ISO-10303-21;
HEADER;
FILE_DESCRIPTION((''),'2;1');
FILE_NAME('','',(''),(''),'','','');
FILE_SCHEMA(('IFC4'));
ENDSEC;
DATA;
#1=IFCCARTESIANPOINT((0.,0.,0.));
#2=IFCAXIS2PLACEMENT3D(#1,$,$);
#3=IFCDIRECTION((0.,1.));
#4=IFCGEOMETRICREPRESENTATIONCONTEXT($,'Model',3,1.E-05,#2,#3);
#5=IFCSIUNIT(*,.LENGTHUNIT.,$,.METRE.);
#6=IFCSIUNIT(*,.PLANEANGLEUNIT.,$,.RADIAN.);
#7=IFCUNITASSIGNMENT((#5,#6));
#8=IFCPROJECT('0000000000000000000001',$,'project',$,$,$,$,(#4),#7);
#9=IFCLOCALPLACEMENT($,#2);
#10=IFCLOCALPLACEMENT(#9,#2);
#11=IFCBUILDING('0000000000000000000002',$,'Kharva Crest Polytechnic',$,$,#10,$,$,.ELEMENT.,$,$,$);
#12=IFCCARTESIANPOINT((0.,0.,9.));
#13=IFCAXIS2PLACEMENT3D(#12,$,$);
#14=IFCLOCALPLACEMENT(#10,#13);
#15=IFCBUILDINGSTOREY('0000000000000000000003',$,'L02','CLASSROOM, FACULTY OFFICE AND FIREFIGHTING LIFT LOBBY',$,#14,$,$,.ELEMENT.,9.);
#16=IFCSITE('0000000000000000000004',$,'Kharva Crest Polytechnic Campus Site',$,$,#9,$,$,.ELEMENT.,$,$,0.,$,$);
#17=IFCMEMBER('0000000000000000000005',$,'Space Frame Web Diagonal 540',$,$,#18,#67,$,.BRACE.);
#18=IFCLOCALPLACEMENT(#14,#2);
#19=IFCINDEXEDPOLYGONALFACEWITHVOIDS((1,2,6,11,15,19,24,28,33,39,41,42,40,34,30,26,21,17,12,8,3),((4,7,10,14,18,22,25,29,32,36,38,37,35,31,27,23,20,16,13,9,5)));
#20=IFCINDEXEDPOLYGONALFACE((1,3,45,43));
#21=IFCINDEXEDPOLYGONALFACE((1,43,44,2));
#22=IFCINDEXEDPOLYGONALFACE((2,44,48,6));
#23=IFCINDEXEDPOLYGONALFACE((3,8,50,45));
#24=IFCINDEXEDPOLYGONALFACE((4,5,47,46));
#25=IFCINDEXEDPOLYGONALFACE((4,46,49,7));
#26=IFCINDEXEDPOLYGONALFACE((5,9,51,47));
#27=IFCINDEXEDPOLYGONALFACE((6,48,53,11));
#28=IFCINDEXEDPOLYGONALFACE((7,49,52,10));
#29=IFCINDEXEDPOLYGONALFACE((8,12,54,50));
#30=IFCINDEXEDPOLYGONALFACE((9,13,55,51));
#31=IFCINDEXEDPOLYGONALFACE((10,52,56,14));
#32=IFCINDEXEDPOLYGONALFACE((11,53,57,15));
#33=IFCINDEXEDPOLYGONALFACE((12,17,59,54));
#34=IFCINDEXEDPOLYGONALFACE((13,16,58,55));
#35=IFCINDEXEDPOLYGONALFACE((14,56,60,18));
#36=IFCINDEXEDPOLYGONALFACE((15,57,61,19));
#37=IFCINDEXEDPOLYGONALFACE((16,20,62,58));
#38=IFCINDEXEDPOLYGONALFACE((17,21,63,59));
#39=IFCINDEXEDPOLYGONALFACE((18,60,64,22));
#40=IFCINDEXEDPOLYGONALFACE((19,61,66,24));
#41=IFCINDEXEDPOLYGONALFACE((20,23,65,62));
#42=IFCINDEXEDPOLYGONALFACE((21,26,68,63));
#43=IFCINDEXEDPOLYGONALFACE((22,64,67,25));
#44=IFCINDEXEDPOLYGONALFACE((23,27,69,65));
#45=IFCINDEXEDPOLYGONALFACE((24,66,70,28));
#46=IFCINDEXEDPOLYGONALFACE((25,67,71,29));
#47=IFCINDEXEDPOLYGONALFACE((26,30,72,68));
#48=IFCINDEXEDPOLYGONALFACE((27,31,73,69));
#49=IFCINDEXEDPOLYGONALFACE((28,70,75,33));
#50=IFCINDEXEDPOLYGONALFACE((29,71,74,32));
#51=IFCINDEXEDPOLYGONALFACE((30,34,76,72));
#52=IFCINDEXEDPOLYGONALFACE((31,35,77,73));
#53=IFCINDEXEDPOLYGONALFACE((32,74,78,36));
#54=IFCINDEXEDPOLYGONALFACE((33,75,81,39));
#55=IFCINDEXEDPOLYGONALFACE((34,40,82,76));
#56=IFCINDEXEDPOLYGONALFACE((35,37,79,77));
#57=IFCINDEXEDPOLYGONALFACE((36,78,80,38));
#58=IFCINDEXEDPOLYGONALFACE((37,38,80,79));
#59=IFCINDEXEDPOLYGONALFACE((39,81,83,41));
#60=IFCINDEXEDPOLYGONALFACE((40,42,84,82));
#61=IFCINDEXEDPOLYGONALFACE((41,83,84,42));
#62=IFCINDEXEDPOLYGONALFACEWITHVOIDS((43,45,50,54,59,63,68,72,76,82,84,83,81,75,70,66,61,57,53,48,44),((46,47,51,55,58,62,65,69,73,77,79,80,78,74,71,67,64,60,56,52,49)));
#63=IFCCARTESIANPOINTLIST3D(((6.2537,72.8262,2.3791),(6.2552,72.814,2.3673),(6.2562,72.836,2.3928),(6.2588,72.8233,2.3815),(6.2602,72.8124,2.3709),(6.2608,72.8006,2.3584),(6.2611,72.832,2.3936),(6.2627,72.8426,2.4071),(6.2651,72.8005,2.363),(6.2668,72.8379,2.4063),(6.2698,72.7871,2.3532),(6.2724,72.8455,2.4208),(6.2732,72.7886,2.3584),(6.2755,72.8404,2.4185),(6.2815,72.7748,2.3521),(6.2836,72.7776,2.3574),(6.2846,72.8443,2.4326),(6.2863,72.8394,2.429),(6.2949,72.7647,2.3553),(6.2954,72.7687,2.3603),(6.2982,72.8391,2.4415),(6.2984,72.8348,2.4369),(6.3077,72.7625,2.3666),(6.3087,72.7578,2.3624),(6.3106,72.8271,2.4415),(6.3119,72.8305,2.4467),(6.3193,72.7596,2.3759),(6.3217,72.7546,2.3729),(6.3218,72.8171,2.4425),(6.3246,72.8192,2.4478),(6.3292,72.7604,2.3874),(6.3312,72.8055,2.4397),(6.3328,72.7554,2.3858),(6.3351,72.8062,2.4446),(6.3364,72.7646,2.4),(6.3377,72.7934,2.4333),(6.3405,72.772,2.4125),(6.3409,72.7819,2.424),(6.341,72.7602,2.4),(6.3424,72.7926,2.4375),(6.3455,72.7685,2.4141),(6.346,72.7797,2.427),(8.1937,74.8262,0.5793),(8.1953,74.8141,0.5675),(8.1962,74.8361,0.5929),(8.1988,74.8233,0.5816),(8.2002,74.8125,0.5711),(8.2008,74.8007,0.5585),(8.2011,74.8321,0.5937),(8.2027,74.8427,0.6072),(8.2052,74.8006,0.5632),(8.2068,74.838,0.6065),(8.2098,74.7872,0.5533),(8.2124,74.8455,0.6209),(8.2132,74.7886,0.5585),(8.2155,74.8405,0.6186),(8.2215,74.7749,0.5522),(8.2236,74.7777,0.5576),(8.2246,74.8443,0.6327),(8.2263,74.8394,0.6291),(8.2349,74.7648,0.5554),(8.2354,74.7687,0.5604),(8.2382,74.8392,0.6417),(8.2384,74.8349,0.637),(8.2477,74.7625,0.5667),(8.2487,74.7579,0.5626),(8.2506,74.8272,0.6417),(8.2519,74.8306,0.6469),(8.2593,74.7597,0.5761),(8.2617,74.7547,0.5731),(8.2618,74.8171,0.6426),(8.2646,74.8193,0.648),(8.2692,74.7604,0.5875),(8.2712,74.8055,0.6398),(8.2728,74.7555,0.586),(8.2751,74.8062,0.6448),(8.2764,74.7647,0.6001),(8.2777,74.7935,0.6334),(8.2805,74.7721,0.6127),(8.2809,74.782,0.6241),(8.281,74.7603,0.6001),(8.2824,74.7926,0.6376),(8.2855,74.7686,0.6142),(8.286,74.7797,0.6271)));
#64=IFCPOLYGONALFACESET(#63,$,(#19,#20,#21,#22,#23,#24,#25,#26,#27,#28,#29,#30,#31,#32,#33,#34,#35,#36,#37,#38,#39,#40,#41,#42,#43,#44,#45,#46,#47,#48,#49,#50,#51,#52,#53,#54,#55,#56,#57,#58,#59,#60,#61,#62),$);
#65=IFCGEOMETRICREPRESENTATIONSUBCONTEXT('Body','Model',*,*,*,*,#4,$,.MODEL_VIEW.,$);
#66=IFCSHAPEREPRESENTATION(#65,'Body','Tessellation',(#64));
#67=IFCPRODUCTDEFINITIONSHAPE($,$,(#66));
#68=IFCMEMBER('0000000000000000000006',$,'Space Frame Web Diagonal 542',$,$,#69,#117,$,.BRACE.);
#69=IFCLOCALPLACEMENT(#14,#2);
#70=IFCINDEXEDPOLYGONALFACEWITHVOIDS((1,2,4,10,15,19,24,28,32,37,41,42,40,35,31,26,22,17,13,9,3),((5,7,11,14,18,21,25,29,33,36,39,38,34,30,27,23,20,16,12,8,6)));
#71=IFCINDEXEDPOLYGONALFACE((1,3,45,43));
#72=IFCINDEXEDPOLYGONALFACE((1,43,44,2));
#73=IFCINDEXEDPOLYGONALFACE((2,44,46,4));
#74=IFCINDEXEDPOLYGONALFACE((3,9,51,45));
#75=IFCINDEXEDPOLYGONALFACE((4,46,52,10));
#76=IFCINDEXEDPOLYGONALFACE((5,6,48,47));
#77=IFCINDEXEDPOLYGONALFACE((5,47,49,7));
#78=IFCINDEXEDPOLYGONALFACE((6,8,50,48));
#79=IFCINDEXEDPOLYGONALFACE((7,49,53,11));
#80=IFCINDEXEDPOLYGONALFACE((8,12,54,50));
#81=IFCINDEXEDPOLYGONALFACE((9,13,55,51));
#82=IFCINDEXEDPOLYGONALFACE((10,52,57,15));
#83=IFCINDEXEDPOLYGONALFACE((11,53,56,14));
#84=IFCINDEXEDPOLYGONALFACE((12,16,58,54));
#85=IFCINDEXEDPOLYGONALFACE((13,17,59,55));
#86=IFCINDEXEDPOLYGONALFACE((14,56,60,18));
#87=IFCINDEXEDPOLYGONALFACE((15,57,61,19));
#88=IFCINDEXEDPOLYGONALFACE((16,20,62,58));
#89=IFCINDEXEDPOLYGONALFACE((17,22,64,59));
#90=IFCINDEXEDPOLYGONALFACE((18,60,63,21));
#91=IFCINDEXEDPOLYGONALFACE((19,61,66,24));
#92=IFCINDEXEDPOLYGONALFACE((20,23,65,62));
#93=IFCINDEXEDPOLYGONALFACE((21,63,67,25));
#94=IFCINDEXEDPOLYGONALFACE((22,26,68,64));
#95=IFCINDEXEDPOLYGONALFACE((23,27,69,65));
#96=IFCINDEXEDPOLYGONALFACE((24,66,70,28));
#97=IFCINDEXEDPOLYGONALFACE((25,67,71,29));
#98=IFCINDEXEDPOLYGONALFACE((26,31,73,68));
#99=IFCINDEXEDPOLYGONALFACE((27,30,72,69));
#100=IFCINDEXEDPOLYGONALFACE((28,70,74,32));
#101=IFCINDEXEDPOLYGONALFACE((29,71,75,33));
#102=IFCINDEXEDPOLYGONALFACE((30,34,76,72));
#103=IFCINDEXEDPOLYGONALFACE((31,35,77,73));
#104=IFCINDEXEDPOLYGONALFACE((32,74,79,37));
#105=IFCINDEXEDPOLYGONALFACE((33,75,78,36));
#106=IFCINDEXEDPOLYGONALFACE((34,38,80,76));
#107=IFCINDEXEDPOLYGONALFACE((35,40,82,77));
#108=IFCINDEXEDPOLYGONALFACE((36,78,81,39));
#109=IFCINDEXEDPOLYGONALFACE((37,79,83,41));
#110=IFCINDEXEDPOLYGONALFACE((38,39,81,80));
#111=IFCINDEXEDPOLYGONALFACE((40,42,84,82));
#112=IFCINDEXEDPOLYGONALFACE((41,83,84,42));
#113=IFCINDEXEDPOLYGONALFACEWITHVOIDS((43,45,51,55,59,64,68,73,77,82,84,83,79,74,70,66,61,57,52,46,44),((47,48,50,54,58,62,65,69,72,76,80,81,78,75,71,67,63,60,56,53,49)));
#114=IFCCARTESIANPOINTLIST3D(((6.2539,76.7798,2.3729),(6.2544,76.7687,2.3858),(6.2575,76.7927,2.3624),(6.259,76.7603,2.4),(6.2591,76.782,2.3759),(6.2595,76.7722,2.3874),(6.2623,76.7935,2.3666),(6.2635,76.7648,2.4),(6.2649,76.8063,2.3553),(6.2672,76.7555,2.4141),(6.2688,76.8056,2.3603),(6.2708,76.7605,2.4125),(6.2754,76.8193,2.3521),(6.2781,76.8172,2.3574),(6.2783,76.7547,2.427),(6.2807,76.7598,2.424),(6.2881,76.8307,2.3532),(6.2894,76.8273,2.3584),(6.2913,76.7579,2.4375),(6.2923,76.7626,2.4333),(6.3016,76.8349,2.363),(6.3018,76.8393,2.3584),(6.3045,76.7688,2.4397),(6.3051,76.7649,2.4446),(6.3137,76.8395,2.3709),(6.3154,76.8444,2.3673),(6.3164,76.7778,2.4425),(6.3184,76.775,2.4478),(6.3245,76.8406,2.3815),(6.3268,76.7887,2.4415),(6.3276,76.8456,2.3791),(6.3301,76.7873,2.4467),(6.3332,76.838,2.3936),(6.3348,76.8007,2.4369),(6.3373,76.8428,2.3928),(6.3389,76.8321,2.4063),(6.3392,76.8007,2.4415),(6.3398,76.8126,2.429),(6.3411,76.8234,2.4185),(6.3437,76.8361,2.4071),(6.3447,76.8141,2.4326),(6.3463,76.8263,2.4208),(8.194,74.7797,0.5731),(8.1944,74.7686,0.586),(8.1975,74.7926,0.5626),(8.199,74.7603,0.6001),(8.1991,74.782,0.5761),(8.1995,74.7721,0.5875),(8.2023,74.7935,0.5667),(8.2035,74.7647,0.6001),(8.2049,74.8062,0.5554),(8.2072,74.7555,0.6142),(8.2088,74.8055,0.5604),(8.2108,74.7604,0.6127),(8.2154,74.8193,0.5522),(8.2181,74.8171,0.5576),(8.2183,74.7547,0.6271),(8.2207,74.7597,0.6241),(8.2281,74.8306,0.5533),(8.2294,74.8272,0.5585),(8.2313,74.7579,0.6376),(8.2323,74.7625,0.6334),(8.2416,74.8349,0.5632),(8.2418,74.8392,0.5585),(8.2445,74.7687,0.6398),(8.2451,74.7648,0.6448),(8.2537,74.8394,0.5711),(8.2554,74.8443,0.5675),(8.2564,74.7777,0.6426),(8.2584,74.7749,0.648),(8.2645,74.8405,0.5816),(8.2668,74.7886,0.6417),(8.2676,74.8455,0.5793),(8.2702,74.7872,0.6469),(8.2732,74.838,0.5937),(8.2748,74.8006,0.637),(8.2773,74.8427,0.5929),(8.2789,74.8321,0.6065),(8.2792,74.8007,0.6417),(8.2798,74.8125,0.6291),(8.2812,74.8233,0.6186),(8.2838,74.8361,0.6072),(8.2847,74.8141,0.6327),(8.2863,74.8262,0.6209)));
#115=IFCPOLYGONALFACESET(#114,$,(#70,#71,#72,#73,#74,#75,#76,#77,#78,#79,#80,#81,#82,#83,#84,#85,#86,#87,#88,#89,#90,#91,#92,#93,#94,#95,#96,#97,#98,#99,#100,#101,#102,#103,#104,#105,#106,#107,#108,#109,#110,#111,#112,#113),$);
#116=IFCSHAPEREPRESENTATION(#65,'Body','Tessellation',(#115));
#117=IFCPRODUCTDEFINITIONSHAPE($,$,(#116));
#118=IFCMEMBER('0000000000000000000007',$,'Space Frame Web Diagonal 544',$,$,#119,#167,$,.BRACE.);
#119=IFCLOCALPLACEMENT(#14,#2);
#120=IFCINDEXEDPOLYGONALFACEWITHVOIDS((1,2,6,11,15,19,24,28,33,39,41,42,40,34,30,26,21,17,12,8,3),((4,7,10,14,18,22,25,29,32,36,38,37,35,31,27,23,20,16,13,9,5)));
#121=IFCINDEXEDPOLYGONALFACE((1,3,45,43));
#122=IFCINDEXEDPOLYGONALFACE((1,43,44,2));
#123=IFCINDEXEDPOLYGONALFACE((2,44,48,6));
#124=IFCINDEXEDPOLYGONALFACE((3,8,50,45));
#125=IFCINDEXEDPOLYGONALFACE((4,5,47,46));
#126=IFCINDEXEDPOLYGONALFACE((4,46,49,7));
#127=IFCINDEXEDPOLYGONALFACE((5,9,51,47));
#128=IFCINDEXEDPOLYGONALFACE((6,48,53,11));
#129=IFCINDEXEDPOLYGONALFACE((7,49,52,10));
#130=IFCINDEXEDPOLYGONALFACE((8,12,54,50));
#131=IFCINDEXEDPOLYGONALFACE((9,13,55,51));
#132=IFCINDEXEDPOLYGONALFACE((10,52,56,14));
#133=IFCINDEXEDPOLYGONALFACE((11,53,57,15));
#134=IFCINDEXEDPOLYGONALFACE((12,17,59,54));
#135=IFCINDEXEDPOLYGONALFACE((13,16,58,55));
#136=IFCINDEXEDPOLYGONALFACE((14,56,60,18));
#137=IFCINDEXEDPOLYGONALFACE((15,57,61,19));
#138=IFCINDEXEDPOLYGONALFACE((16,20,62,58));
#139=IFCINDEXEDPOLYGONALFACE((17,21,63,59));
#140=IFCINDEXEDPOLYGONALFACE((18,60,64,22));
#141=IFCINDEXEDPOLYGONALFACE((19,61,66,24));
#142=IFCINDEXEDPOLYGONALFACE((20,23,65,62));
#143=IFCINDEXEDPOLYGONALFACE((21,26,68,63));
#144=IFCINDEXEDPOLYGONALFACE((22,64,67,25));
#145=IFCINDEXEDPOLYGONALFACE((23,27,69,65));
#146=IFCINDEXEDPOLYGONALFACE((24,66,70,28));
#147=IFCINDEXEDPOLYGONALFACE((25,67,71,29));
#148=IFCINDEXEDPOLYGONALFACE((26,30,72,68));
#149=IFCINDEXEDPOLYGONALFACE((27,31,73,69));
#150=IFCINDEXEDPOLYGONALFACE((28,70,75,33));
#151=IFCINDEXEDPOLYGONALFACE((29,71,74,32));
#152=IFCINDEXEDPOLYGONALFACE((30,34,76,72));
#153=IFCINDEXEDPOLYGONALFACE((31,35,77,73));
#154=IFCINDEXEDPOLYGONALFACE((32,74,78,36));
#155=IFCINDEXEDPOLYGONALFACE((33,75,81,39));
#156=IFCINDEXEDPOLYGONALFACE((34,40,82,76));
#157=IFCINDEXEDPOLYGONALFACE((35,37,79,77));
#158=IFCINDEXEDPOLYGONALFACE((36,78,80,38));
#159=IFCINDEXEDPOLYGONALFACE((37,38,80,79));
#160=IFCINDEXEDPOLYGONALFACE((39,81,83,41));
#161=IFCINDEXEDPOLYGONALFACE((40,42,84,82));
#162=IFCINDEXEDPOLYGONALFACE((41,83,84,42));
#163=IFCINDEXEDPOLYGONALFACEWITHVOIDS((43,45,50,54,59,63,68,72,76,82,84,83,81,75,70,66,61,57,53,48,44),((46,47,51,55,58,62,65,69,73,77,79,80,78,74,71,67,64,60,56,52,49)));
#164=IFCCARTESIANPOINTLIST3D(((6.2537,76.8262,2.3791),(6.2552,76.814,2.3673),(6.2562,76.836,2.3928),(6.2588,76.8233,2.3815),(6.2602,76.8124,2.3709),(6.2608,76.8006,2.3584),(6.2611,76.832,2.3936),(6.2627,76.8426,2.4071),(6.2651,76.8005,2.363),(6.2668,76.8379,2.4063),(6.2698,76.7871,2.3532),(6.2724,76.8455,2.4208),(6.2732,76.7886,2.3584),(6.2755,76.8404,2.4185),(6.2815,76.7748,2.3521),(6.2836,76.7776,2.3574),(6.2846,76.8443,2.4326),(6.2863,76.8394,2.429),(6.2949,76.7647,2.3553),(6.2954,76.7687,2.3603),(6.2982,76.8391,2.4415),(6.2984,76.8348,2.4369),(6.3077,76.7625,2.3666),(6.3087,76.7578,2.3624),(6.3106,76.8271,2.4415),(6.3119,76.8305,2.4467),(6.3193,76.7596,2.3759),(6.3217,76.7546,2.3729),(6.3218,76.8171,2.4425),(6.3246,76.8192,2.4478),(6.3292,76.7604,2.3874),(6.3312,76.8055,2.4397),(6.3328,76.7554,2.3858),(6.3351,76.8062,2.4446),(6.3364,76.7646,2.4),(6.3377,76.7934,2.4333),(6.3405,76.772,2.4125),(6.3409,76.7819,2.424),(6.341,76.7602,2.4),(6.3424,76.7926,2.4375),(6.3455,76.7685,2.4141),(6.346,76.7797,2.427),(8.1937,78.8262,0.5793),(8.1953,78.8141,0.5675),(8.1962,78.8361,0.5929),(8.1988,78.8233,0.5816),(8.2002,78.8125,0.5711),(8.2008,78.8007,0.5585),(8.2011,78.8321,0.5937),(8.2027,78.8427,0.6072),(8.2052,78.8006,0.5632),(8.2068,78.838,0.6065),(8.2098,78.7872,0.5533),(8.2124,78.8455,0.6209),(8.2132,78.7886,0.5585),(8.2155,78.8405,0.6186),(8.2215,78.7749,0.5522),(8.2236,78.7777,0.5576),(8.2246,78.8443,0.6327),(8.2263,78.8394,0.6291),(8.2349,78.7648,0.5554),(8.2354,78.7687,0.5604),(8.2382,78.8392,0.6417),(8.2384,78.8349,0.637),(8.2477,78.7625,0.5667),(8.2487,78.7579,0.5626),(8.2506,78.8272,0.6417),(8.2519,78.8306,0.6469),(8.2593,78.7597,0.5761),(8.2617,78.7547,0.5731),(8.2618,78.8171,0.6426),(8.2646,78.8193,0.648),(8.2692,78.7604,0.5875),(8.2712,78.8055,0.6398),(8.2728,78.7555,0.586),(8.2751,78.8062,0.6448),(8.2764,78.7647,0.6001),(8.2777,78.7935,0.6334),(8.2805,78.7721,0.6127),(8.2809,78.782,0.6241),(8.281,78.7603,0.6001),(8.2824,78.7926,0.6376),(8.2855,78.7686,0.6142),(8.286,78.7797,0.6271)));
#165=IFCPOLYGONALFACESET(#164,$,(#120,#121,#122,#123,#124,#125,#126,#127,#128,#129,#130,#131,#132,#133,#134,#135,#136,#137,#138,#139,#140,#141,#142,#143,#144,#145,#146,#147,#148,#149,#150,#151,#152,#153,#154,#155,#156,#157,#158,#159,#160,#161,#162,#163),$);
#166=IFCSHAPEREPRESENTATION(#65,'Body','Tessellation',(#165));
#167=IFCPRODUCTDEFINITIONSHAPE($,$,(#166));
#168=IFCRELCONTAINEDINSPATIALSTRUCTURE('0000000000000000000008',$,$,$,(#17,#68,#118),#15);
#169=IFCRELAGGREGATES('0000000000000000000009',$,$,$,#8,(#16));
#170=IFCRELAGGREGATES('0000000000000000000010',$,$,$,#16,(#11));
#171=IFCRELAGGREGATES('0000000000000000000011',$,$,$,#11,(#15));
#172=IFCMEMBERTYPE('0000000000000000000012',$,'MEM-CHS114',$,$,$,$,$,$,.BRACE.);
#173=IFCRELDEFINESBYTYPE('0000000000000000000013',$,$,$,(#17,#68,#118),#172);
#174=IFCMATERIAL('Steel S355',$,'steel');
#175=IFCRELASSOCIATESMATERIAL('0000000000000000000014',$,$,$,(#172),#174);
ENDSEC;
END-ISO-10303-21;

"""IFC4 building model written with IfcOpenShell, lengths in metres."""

from ifc_helpers import new_model, si_unit, direction, frame, origin, origin_2d, place, context, subcontext, project, spatial, hollow_circle, extrude, material, material_profile, profile_set, type_object, element, save


model = new_model("IFC4")

# Units and contexts
model_context = context("Model", 3, precision=1e-05, world=origin(), true_north=direction((0.0, 1.0)))
body_context = subcontext(model_context, "Body", "Model", "MODEL_VIEW")
ifc_project = project(units=[si_unit("LENGTHUNIT", "METRE"), si_unit("PLANEANGLEUNIT", "RADIAN")], contexts=[model_context])

# Site, building, storey
site_placement = place(None, origin())
site = spatial("IfcSite", under=ifc_project, at=site_placement, Name="Kharva Crest Polytechnic Campus Site", CompositionType="ELEMENT", RefElevation=0.0)
building_placement = place(site_placement, origin())
building = spatial("IfcBuilding", under=site, at=building_placement, Name="Kharva Crest Polytechnic", CompositionType="ELEMENT")
storey_placement = place(building_placement, frame((0.0, 0.0, 9.0)))
storey = spatial("IfcBuildingStorey", under=building, at=storey_placement, Name="L02", Description="CLASSROOM, FACULTY OFFICE AND FIREFIGHTING LIFT LOBBY", CompositionType="ELEMENT", Elevation=9.0)

# Shared definitions
ifc_material_1 = material(Name="Steel S355", Category="steel")

# Members
ifc_material_profile_1 = material_profile(ifc_material_1, hollow_circle(Radius=0.0571, WallThickness=0.0063, at=origin_2d()), Name="CHS 114.3X6.3")
ifc_profile_set_1 = profile_set([ifc_material_profile_1], Name="Steel S355")
member_type_1 = type_object("IfcMemberType", Name="MEM-CHS114", PredefinedType="BRACE", material=ifc_profile_set_1)
for number, where, z_axis, x_axis, name in (
    (1, (8.24, 74.8, 0.6001), (-0.584843, -0.60295, 0.542596), (0.717802, -0.696247, 0.0), "Space Frame Web Diagonal 540"),
    (2, (8.24, 74.8, 0.6001), (-0.584843, 0.60295, 0.542596), (-0.717802, -0.696247, 0.0), "Space Frame Web Diagonal 542"),
    (3, (8.24, 78.8, 0.6001), (-0.584843, -0.60295, 0.542596), (0.717802, -0.696247, 0.0), "Space Frame Web Diagonal 544"),
):
    element("IfcMember", number, at=place(storey_placement, frame(where, z_axis=z_axis, x_axis=x_axis)), inside=storey, type_object=member_type_1, Name=name, PredefinedType="BRACE", context=body_context, shape_type="SweptSolid", body=[
        extrude(hollow_circle(Radius=0.0571, WallThickness=0.0063, at=origin_2d()), origin(), (0.0, 0.0, 1.0), 3.3171),
    ])

save(model, "model.ifc")
